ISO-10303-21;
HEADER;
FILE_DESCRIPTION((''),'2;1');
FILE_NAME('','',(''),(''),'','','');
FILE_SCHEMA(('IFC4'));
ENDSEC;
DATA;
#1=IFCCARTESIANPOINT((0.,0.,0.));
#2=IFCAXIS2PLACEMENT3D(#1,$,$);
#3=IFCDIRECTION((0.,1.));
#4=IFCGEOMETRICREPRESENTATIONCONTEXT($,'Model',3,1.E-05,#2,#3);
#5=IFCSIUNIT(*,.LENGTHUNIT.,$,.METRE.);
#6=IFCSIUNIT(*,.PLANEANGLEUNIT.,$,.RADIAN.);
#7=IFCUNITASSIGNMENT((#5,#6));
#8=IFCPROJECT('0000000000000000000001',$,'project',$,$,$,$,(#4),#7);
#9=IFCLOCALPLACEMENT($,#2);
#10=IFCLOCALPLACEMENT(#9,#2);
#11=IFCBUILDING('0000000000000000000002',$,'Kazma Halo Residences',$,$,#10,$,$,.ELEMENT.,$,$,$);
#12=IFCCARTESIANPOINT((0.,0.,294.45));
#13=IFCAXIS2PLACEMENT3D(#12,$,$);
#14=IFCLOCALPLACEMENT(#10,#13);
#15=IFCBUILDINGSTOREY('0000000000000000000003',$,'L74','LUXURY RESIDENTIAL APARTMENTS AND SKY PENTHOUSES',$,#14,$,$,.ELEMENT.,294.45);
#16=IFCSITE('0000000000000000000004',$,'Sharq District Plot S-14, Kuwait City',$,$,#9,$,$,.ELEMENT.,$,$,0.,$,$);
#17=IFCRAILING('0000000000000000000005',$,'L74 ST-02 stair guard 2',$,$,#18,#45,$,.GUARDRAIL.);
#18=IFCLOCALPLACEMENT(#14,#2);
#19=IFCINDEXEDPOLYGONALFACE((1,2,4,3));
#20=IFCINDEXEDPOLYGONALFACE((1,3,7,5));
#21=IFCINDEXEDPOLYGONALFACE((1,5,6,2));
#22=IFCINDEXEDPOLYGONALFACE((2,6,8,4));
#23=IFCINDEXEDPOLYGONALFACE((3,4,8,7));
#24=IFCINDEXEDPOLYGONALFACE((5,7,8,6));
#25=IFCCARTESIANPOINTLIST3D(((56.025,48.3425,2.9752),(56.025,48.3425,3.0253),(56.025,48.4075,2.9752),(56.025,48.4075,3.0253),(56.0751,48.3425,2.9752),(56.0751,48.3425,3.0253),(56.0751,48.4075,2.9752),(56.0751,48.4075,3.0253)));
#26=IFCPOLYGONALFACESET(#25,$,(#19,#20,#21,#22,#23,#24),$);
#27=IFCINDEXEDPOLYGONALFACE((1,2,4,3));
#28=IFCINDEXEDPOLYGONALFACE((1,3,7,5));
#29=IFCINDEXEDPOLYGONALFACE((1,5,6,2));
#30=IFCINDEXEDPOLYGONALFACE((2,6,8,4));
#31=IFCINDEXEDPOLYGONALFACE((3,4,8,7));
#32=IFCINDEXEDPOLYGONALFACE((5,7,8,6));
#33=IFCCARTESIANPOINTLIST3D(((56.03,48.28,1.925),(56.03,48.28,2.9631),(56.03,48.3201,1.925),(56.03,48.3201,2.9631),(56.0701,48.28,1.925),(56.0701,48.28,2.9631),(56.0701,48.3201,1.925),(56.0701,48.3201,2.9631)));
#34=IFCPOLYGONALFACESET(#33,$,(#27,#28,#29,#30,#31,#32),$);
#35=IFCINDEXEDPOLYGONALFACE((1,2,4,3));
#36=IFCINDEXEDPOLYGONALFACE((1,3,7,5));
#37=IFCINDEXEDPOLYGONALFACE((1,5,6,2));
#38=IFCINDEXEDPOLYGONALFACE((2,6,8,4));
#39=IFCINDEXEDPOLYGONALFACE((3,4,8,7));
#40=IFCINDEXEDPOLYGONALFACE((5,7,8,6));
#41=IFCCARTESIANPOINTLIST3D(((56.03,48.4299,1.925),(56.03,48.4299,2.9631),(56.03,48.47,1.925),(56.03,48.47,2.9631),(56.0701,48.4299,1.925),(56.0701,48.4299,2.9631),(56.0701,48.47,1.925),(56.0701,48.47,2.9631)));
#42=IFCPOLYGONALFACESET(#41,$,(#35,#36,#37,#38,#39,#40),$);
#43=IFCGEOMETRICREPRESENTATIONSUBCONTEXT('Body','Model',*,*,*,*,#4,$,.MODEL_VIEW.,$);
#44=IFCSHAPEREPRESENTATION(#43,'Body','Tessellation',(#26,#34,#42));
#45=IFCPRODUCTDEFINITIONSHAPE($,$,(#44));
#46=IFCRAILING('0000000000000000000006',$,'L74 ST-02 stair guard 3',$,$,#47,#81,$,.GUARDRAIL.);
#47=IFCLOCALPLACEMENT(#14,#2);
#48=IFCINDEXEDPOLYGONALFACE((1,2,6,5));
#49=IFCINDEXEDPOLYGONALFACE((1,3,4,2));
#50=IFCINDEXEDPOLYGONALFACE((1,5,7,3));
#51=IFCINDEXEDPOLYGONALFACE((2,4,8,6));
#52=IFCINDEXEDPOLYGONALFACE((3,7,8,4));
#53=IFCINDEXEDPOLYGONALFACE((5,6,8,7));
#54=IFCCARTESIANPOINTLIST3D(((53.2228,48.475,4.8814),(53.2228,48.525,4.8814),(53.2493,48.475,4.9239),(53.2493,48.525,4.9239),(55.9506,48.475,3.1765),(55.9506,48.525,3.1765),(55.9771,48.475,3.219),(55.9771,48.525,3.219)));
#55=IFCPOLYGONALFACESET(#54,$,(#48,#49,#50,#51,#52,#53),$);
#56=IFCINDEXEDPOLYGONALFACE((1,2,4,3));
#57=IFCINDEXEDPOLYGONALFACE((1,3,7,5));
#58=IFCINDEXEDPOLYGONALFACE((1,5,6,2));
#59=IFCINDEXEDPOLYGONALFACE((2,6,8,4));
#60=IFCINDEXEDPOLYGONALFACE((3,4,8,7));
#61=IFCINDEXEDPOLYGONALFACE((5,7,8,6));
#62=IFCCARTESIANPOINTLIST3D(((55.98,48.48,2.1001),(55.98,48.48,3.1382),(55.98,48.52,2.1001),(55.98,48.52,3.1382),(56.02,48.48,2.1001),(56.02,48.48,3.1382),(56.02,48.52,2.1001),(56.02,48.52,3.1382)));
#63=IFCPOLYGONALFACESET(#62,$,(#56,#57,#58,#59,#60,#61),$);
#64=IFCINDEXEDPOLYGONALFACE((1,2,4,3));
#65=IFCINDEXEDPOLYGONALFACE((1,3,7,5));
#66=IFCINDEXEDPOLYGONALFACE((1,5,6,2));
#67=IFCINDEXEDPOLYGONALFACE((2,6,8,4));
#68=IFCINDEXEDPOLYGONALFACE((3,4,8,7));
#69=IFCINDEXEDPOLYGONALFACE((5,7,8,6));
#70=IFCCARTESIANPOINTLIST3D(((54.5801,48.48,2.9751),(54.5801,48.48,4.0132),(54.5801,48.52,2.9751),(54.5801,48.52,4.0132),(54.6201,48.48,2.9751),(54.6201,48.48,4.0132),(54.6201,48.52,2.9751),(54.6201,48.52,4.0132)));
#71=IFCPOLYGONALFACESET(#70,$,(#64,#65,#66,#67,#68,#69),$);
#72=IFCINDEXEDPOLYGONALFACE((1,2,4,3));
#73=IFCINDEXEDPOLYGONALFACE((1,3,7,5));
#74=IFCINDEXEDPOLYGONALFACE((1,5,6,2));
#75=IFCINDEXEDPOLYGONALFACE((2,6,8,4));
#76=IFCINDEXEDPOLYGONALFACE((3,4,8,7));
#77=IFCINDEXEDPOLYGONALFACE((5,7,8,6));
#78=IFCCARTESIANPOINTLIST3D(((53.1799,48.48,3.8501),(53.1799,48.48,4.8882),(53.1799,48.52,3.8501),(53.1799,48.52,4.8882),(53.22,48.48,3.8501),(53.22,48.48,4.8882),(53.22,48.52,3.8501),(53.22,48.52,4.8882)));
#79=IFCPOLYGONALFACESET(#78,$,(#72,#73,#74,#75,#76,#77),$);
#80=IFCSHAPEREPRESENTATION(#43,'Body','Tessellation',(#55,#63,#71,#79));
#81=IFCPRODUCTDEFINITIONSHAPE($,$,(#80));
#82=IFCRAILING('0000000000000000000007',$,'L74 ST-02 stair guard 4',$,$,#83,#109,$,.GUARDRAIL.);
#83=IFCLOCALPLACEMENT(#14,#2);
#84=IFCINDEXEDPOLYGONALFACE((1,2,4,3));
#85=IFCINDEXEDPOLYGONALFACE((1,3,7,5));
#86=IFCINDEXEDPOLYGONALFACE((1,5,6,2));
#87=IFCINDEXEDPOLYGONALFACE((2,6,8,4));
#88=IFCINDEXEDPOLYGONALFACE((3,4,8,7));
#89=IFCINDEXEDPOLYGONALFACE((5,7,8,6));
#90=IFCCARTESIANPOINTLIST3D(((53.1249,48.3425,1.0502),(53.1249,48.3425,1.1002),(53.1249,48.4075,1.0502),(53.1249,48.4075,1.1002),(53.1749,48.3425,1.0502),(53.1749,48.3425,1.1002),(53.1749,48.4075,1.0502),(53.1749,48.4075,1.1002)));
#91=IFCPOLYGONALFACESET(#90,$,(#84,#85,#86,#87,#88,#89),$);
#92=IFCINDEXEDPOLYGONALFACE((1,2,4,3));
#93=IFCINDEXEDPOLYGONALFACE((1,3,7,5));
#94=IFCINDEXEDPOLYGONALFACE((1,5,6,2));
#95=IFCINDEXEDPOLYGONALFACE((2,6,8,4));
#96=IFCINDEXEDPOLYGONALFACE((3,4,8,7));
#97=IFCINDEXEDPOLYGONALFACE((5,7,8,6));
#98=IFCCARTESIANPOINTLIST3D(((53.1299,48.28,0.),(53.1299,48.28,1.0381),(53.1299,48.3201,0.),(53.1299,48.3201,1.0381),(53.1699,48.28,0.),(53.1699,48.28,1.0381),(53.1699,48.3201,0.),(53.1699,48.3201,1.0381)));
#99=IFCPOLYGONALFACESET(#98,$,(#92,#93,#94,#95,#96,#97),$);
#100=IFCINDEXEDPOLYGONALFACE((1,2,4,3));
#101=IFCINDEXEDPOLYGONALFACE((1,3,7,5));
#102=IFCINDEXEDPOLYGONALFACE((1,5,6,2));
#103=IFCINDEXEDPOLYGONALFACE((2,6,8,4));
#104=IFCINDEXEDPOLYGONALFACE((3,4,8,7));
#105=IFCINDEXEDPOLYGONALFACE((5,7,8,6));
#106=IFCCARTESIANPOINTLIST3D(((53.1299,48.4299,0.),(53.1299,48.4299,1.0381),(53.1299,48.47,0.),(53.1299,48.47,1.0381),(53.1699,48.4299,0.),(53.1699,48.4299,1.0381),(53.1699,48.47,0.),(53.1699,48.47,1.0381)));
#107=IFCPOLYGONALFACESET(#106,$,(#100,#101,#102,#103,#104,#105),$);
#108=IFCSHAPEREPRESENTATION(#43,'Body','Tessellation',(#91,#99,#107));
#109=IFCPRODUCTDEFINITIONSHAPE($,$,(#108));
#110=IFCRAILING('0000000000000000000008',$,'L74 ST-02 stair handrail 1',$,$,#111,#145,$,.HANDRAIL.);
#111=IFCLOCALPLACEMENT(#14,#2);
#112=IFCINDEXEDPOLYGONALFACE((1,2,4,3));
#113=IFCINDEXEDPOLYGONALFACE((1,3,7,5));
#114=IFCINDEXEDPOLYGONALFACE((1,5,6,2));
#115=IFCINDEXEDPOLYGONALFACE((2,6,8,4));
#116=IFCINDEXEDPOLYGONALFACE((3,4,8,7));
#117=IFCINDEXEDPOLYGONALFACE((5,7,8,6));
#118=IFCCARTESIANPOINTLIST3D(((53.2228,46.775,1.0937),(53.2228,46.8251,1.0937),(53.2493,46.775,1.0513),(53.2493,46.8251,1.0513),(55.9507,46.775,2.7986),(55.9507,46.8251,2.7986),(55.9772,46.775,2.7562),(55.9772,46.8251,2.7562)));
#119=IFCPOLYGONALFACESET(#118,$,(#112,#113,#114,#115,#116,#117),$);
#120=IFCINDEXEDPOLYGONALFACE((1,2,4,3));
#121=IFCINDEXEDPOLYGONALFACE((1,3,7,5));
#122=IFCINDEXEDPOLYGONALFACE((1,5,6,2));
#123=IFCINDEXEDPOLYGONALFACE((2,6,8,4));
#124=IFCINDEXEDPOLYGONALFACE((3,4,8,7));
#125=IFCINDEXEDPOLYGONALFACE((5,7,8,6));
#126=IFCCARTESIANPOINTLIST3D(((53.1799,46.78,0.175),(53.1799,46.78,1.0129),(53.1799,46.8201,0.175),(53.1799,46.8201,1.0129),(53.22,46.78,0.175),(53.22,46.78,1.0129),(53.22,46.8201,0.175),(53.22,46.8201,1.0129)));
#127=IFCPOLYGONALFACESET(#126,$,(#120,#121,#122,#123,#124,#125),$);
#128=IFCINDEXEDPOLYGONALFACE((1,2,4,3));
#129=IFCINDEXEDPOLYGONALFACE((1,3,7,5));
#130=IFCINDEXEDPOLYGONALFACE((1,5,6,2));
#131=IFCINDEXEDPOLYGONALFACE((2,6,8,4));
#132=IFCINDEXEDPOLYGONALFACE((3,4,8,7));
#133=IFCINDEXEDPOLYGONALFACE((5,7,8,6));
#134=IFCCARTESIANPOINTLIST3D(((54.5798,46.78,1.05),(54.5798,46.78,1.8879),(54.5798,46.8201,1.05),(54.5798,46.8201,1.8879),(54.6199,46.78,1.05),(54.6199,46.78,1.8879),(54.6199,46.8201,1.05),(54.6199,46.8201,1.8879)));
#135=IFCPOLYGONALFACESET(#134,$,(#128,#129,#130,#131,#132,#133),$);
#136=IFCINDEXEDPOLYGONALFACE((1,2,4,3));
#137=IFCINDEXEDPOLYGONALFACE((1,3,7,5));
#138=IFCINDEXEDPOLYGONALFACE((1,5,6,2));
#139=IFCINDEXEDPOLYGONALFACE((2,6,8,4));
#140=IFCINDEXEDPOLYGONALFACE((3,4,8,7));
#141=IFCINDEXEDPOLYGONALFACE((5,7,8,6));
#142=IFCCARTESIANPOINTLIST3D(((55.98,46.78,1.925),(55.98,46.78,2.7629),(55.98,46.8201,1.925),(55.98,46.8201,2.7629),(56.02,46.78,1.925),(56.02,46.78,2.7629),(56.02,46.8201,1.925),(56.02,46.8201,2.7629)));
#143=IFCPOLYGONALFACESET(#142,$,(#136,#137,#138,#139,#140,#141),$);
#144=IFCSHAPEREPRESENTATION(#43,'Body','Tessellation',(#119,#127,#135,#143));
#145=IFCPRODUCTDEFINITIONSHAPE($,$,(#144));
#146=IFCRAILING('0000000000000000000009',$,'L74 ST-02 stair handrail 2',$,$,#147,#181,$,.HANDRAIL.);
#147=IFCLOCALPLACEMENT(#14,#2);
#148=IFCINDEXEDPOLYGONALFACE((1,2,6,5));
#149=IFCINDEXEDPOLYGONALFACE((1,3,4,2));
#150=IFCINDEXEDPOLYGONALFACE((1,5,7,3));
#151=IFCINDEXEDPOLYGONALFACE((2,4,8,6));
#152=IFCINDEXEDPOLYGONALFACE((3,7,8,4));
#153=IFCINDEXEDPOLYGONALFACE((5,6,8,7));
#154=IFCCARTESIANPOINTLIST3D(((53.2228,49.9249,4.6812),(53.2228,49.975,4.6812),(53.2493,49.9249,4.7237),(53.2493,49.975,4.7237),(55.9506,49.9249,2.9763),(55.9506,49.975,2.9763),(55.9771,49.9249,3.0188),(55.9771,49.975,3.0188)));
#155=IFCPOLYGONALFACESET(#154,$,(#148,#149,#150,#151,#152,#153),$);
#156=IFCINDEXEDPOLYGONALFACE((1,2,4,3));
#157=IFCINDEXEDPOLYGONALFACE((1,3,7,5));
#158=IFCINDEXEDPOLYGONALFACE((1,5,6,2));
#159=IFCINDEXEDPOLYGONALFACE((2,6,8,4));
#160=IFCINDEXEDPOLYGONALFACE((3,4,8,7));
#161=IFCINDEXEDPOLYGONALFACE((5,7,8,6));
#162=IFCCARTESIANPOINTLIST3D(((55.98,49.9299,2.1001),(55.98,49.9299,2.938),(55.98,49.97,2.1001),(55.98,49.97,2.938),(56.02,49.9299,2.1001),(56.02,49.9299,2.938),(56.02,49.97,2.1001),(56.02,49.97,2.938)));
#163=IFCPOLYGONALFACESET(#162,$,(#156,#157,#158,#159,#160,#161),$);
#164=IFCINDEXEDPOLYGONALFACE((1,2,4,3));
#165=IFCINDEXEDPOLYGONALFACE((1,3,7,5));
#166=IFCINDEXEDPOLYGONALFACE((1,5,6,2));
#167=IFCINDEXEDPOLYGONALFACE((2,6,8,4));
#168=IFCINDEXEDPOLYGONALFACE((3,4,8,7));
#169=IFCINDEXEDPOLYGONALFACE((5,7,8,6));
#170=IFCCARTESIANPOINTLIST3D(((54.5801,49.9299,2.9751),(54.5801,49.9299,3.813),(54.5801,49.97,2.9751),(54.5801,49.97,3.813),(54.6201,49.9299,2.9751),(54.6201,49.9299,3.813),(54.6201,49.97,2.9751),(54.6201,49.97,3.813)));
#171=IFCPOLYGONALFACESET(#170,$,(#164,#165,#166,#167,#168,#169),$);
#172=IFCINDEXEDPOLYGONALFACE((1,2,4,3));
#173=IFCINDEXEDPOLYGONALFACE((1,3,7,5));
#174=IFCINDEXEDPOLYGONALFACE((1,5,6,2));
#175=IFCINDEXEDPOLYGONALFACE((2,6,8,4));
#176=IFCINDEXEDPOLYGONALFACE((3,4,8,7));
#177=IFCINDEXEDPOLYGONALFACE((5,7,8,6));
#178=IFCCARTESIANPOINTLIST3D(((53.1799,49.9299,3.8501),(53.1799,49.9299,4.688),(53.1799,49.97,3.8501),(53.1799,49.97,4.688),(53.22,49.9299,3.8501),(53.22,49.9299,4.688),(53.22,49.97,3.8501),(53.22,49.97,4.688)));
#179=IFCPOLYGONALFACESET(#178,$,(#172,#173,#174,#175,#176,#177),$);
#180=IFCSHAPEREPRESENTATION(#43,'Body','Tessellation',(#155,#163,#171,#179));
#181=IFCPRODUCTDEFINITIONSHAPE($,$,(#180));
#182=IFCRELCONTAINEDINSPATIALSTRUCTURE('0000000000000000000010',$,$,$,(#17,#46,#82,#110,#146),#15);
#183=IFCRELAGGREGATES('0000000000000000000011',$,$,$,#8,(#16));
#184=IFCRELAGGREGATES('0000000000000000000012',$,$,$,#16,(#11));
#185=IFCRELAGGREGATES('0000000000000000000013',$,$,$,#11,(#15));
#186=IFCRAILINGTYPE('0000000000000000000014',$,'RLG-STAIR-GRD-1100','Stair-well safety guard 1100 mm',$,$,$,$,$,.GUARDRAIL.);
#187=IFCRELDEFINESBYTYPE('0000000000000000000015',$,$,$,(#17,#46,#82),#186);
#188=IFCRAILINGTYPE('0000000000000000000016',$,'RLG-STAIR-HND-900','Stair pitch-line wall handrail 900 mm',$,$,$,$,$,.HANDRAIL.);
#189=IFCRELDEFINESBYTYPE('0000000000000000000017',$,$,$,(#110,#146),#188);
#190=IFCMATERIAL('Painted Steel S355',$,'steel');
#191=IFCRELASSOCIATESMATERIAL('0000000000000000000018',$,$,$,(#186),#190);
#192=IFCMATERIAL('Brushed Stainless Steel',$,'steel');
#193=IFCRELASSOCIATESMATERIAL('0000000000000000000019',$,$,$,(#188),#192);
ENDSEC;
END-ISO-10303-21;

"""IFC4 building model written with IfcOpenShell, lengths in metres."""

from ifc_helpers import new_model, si_unit, direction, frame, origin, origin_2d, place, context, subcontext, project, spatial, rectangle, extrude, material, type_object, element, save


model = new_model("IFC4")

# Units and contexts
model_context = context("Model", 3, precision=1e-05, world=origin(), true_north=direction((0.0, 1.0)))
body_context = subcontext(model_context, "Body", "Model", "MODEL_VIEW")
ifc_project = project(units=[si_unit("LENGTHUNIT", "METRE"), si_unit("PLANEANGLEUNIT", "RADIAN")], contexts=[model_context])

# Site, building, storey
site_placement = place(None, origin())
site = spatial("IfcSite", under=ifc_project, at=site_placement, Name="Sharq District Plot S-14, Kuwait City", CompositionType="ELEMENT", RefElevation=0.0)
building_placement = place(site_placement, origin())
building = spatial("IfcBuilding", under=site, at=building_placement, Name="Kazma Halo Residences", CompositionType="ELEMENT")
storey_placement = place(building_placement, frame((0.0, 0.0, 294.45)))
storey = spatial("IfcBuildingStorey", under=building, at=storey_placement, Name="L74", Description="LUXURY RESIDENTIAL APARTMENTS AND SKY PENTHOUSES", CompositionType="ELEMENT", Elevation=294.45)

# Railings
ifc_material_1 = material(Name="Painted Steel S355", Category="steel")
railing_type_1 = type_object("IfcRailingType", Name="RLG-STAIR-GRD-1100", Description="Stair-well safety guard 1100 mm", PredefinedType="GUARDRAIL", material=ifc_material_1)
railing_1_placement = place(storey_placement, frame((56.05, 48.3, 1.925)))
element("IfcRailing", 1, at=railing_1_placement, inside=storey, type_object=railing_type_1, Name="L74 ST-02 stair guard 2", PredefinedType="GUARDRAIL", context=body_context, shape_type="SweptSolid", body=[
    extrude(rectangle(XDim=0.05, YDim=0.05, at=origin_2d()), frame((0.0, 0.0425, 1.0752), z_axis=(0.0, 1.0, 0.0), x_axis=(-1.0, 0.0, 0.0)), (0.0, 0.0, 1.0), 0.0649),
    extrude(rectangle(XDim=0.04, YDim=0.04, at=origin_2d()), origin(), (0.0, 0.0, 1.0), 1.0381),
    extrude(rectangle(XDim=0.04, YDim=0.04, at=origin_2d()), frame((0.0, 0.1499, 0.0)), (0.0, 0.0, 1.0), 1.0381),
])
railing_2_placement = place(storey_placement, frame((56.0, 48.5, 2.1001)))
element("IfcRailing", 2, at=railing_2_placement, inside=storey, type_object=railing_type_1, Name="L74 ST-02 stair guard 3", PredefinedType="GUARDRAIL", context=body_context, shape_type="SweptSolid", body=[
    extrude(rectangle(XDim=0.05, YDim=0.05, at=origin_2d()), frame((-0.0361, 0.0, 1.0977), z_axis=(-0.848002, 0.0, 0.529992), x_axis=(0.0, -1.0, 0.0)), (0.0, 0.0, 1.0), 3.2168),
    extrude(rectangle(XDim=0.04, YDim=0.04, at=origin_2d()), origin(), (0.0, 0.0, 1.0), 1.0381),
    extrude(rectangle(XDim=0.04, YDim=0.04, at=origin_2d()), frame((-1.3999, 0.0, 0.875)), (0.0, 0.0, 1.0), 1.0381),
    extrude(rectangle(XDim=0.04, YDim=0.04, at=origin_2d()), frame((-2.8, 0.0, 1.75)), (0.0, 0.0, 1.0), 1.0381),
])
railing_3_placement = place(storey_placement, frame((53.1499, 48.3, 0.0)))
element("IfcRailing", 3, at=railing_3_placement, inside=storey, type_object=railing_type_1, Name="L74 ST-02 stair guard 4", PredefinedType="GUARDRAIL", context=body_context, shape_type="SweptSolid", body=[
    extrude(rectangle(XDim=0.05, YDim=0.05, at=origin_2d()), frame((0.0, 0.0425, 1.0752), z_axis=(0.0, 1.0, 0.0), x_axis=(-1.0, 0.0, 0.0)), (0.0, 0.0, 1.0), 0.0649),
    extrude(rectangle(XDim=0.04, YDim=0.04, at=origin_2d()), origin(), (0.0, 0.0, 1.0), 1.0381),
    extrude(rectangle(XDim=0.04, YDim=0.04, at=origin_2d()), frame((0.0, 0.1499, 0.0)), (0.0, 0.0, 1.0), 1.0381),
])
ifc_material_2 = material(Name="Brushed Stainless Steel", Category="steel")
railing_type_2 = type_object("IfcRailingType", Name="RLG-STAIR-HND-900", Description="Stair pitch-line wall handrail 900 mm", PredefinedType="HANDRAIL", material=ifc_material_2)
railing_4_placement = place(storey_placement, frame((53.2, 46.8, 0.175)))
element("IfcRailing", 4, at=railing_4_placement, inside=storey, type_object=railing_type_2, Name="L74 ST-02 stair handrail 1", PredefinedType="HANDRAIL", context=body_context, shape_type="SweptSolid", body=[
    extrude(rectangle(XDim=0.05, YDim=0.05, at=origin_2d()), frame((0.0361, 0.0, 0.8975), z_axis=(0.848002, 0.0, 0.529992), x_axis=(0.0, 1.0, 0.0)), (0.0, 0.0, 1.0), 3.2168),
    extrude(rectangle(XDim=0.04, YDim=0.04, at=origin_2d()), origin(), (0.0, 0.0, 1.0), 0.8379),
    extrude(rectangle(XDim=0.04, YDim=0.04, at=origin_2d()), frame((1.3999, 0.0, 0.875)), (0.0, 0.0, 1.0), 0.8379),
    extrude(rectangle(XDim=0.04, YDim=0.04, at=origin_2d()), frame((2.8, 0.0, 1.75)), (0.0, 0.0, 1.0), 0.8379),
])
railing_5_placement = place(storey_placement, frame((56.0, 49.95, 2.1001)))
element("IfcRailing", 5, at=railing_5_placement, inside=storey, type_object=railing_type_2, Name="L74 ST-02 stair handrail 2", PredefinedType="HANDRAIL", context=body_context, shape_type="SweptSolid", body=[
    extrude(rectangle(XDim=0.05, YDim=0.05, at=origin_2d()), frame((-0.0361, 0.0, 0.8975), z_axis=(-0.848002, 0.0, 0.529992), x_axis=(0.0, -1.0, 0.0)), (0.0, 0.0, 1.0), 3.2168),
    extrude(rectangle(XDim=0.04, YDim=0.04, at=origin_2d()), origin(), (0.0, 0.0, 1.0), 0.8379),
    extrude(rectangle(XDim=0.04, YDim=0.04, at=origin_2d()), frame((-1.3999, 0.0, 0.875)), (0.0, 0.0, 1.0), 0.8379),
    extrude(rectangle(XDim=0.04, YDim=0.04, at=origin_2d()), frame((-2.8, 0.0, 1.75)), (0.0, 0.0, 1.0), 0.8379),
])

save(model, "model.ifc")
